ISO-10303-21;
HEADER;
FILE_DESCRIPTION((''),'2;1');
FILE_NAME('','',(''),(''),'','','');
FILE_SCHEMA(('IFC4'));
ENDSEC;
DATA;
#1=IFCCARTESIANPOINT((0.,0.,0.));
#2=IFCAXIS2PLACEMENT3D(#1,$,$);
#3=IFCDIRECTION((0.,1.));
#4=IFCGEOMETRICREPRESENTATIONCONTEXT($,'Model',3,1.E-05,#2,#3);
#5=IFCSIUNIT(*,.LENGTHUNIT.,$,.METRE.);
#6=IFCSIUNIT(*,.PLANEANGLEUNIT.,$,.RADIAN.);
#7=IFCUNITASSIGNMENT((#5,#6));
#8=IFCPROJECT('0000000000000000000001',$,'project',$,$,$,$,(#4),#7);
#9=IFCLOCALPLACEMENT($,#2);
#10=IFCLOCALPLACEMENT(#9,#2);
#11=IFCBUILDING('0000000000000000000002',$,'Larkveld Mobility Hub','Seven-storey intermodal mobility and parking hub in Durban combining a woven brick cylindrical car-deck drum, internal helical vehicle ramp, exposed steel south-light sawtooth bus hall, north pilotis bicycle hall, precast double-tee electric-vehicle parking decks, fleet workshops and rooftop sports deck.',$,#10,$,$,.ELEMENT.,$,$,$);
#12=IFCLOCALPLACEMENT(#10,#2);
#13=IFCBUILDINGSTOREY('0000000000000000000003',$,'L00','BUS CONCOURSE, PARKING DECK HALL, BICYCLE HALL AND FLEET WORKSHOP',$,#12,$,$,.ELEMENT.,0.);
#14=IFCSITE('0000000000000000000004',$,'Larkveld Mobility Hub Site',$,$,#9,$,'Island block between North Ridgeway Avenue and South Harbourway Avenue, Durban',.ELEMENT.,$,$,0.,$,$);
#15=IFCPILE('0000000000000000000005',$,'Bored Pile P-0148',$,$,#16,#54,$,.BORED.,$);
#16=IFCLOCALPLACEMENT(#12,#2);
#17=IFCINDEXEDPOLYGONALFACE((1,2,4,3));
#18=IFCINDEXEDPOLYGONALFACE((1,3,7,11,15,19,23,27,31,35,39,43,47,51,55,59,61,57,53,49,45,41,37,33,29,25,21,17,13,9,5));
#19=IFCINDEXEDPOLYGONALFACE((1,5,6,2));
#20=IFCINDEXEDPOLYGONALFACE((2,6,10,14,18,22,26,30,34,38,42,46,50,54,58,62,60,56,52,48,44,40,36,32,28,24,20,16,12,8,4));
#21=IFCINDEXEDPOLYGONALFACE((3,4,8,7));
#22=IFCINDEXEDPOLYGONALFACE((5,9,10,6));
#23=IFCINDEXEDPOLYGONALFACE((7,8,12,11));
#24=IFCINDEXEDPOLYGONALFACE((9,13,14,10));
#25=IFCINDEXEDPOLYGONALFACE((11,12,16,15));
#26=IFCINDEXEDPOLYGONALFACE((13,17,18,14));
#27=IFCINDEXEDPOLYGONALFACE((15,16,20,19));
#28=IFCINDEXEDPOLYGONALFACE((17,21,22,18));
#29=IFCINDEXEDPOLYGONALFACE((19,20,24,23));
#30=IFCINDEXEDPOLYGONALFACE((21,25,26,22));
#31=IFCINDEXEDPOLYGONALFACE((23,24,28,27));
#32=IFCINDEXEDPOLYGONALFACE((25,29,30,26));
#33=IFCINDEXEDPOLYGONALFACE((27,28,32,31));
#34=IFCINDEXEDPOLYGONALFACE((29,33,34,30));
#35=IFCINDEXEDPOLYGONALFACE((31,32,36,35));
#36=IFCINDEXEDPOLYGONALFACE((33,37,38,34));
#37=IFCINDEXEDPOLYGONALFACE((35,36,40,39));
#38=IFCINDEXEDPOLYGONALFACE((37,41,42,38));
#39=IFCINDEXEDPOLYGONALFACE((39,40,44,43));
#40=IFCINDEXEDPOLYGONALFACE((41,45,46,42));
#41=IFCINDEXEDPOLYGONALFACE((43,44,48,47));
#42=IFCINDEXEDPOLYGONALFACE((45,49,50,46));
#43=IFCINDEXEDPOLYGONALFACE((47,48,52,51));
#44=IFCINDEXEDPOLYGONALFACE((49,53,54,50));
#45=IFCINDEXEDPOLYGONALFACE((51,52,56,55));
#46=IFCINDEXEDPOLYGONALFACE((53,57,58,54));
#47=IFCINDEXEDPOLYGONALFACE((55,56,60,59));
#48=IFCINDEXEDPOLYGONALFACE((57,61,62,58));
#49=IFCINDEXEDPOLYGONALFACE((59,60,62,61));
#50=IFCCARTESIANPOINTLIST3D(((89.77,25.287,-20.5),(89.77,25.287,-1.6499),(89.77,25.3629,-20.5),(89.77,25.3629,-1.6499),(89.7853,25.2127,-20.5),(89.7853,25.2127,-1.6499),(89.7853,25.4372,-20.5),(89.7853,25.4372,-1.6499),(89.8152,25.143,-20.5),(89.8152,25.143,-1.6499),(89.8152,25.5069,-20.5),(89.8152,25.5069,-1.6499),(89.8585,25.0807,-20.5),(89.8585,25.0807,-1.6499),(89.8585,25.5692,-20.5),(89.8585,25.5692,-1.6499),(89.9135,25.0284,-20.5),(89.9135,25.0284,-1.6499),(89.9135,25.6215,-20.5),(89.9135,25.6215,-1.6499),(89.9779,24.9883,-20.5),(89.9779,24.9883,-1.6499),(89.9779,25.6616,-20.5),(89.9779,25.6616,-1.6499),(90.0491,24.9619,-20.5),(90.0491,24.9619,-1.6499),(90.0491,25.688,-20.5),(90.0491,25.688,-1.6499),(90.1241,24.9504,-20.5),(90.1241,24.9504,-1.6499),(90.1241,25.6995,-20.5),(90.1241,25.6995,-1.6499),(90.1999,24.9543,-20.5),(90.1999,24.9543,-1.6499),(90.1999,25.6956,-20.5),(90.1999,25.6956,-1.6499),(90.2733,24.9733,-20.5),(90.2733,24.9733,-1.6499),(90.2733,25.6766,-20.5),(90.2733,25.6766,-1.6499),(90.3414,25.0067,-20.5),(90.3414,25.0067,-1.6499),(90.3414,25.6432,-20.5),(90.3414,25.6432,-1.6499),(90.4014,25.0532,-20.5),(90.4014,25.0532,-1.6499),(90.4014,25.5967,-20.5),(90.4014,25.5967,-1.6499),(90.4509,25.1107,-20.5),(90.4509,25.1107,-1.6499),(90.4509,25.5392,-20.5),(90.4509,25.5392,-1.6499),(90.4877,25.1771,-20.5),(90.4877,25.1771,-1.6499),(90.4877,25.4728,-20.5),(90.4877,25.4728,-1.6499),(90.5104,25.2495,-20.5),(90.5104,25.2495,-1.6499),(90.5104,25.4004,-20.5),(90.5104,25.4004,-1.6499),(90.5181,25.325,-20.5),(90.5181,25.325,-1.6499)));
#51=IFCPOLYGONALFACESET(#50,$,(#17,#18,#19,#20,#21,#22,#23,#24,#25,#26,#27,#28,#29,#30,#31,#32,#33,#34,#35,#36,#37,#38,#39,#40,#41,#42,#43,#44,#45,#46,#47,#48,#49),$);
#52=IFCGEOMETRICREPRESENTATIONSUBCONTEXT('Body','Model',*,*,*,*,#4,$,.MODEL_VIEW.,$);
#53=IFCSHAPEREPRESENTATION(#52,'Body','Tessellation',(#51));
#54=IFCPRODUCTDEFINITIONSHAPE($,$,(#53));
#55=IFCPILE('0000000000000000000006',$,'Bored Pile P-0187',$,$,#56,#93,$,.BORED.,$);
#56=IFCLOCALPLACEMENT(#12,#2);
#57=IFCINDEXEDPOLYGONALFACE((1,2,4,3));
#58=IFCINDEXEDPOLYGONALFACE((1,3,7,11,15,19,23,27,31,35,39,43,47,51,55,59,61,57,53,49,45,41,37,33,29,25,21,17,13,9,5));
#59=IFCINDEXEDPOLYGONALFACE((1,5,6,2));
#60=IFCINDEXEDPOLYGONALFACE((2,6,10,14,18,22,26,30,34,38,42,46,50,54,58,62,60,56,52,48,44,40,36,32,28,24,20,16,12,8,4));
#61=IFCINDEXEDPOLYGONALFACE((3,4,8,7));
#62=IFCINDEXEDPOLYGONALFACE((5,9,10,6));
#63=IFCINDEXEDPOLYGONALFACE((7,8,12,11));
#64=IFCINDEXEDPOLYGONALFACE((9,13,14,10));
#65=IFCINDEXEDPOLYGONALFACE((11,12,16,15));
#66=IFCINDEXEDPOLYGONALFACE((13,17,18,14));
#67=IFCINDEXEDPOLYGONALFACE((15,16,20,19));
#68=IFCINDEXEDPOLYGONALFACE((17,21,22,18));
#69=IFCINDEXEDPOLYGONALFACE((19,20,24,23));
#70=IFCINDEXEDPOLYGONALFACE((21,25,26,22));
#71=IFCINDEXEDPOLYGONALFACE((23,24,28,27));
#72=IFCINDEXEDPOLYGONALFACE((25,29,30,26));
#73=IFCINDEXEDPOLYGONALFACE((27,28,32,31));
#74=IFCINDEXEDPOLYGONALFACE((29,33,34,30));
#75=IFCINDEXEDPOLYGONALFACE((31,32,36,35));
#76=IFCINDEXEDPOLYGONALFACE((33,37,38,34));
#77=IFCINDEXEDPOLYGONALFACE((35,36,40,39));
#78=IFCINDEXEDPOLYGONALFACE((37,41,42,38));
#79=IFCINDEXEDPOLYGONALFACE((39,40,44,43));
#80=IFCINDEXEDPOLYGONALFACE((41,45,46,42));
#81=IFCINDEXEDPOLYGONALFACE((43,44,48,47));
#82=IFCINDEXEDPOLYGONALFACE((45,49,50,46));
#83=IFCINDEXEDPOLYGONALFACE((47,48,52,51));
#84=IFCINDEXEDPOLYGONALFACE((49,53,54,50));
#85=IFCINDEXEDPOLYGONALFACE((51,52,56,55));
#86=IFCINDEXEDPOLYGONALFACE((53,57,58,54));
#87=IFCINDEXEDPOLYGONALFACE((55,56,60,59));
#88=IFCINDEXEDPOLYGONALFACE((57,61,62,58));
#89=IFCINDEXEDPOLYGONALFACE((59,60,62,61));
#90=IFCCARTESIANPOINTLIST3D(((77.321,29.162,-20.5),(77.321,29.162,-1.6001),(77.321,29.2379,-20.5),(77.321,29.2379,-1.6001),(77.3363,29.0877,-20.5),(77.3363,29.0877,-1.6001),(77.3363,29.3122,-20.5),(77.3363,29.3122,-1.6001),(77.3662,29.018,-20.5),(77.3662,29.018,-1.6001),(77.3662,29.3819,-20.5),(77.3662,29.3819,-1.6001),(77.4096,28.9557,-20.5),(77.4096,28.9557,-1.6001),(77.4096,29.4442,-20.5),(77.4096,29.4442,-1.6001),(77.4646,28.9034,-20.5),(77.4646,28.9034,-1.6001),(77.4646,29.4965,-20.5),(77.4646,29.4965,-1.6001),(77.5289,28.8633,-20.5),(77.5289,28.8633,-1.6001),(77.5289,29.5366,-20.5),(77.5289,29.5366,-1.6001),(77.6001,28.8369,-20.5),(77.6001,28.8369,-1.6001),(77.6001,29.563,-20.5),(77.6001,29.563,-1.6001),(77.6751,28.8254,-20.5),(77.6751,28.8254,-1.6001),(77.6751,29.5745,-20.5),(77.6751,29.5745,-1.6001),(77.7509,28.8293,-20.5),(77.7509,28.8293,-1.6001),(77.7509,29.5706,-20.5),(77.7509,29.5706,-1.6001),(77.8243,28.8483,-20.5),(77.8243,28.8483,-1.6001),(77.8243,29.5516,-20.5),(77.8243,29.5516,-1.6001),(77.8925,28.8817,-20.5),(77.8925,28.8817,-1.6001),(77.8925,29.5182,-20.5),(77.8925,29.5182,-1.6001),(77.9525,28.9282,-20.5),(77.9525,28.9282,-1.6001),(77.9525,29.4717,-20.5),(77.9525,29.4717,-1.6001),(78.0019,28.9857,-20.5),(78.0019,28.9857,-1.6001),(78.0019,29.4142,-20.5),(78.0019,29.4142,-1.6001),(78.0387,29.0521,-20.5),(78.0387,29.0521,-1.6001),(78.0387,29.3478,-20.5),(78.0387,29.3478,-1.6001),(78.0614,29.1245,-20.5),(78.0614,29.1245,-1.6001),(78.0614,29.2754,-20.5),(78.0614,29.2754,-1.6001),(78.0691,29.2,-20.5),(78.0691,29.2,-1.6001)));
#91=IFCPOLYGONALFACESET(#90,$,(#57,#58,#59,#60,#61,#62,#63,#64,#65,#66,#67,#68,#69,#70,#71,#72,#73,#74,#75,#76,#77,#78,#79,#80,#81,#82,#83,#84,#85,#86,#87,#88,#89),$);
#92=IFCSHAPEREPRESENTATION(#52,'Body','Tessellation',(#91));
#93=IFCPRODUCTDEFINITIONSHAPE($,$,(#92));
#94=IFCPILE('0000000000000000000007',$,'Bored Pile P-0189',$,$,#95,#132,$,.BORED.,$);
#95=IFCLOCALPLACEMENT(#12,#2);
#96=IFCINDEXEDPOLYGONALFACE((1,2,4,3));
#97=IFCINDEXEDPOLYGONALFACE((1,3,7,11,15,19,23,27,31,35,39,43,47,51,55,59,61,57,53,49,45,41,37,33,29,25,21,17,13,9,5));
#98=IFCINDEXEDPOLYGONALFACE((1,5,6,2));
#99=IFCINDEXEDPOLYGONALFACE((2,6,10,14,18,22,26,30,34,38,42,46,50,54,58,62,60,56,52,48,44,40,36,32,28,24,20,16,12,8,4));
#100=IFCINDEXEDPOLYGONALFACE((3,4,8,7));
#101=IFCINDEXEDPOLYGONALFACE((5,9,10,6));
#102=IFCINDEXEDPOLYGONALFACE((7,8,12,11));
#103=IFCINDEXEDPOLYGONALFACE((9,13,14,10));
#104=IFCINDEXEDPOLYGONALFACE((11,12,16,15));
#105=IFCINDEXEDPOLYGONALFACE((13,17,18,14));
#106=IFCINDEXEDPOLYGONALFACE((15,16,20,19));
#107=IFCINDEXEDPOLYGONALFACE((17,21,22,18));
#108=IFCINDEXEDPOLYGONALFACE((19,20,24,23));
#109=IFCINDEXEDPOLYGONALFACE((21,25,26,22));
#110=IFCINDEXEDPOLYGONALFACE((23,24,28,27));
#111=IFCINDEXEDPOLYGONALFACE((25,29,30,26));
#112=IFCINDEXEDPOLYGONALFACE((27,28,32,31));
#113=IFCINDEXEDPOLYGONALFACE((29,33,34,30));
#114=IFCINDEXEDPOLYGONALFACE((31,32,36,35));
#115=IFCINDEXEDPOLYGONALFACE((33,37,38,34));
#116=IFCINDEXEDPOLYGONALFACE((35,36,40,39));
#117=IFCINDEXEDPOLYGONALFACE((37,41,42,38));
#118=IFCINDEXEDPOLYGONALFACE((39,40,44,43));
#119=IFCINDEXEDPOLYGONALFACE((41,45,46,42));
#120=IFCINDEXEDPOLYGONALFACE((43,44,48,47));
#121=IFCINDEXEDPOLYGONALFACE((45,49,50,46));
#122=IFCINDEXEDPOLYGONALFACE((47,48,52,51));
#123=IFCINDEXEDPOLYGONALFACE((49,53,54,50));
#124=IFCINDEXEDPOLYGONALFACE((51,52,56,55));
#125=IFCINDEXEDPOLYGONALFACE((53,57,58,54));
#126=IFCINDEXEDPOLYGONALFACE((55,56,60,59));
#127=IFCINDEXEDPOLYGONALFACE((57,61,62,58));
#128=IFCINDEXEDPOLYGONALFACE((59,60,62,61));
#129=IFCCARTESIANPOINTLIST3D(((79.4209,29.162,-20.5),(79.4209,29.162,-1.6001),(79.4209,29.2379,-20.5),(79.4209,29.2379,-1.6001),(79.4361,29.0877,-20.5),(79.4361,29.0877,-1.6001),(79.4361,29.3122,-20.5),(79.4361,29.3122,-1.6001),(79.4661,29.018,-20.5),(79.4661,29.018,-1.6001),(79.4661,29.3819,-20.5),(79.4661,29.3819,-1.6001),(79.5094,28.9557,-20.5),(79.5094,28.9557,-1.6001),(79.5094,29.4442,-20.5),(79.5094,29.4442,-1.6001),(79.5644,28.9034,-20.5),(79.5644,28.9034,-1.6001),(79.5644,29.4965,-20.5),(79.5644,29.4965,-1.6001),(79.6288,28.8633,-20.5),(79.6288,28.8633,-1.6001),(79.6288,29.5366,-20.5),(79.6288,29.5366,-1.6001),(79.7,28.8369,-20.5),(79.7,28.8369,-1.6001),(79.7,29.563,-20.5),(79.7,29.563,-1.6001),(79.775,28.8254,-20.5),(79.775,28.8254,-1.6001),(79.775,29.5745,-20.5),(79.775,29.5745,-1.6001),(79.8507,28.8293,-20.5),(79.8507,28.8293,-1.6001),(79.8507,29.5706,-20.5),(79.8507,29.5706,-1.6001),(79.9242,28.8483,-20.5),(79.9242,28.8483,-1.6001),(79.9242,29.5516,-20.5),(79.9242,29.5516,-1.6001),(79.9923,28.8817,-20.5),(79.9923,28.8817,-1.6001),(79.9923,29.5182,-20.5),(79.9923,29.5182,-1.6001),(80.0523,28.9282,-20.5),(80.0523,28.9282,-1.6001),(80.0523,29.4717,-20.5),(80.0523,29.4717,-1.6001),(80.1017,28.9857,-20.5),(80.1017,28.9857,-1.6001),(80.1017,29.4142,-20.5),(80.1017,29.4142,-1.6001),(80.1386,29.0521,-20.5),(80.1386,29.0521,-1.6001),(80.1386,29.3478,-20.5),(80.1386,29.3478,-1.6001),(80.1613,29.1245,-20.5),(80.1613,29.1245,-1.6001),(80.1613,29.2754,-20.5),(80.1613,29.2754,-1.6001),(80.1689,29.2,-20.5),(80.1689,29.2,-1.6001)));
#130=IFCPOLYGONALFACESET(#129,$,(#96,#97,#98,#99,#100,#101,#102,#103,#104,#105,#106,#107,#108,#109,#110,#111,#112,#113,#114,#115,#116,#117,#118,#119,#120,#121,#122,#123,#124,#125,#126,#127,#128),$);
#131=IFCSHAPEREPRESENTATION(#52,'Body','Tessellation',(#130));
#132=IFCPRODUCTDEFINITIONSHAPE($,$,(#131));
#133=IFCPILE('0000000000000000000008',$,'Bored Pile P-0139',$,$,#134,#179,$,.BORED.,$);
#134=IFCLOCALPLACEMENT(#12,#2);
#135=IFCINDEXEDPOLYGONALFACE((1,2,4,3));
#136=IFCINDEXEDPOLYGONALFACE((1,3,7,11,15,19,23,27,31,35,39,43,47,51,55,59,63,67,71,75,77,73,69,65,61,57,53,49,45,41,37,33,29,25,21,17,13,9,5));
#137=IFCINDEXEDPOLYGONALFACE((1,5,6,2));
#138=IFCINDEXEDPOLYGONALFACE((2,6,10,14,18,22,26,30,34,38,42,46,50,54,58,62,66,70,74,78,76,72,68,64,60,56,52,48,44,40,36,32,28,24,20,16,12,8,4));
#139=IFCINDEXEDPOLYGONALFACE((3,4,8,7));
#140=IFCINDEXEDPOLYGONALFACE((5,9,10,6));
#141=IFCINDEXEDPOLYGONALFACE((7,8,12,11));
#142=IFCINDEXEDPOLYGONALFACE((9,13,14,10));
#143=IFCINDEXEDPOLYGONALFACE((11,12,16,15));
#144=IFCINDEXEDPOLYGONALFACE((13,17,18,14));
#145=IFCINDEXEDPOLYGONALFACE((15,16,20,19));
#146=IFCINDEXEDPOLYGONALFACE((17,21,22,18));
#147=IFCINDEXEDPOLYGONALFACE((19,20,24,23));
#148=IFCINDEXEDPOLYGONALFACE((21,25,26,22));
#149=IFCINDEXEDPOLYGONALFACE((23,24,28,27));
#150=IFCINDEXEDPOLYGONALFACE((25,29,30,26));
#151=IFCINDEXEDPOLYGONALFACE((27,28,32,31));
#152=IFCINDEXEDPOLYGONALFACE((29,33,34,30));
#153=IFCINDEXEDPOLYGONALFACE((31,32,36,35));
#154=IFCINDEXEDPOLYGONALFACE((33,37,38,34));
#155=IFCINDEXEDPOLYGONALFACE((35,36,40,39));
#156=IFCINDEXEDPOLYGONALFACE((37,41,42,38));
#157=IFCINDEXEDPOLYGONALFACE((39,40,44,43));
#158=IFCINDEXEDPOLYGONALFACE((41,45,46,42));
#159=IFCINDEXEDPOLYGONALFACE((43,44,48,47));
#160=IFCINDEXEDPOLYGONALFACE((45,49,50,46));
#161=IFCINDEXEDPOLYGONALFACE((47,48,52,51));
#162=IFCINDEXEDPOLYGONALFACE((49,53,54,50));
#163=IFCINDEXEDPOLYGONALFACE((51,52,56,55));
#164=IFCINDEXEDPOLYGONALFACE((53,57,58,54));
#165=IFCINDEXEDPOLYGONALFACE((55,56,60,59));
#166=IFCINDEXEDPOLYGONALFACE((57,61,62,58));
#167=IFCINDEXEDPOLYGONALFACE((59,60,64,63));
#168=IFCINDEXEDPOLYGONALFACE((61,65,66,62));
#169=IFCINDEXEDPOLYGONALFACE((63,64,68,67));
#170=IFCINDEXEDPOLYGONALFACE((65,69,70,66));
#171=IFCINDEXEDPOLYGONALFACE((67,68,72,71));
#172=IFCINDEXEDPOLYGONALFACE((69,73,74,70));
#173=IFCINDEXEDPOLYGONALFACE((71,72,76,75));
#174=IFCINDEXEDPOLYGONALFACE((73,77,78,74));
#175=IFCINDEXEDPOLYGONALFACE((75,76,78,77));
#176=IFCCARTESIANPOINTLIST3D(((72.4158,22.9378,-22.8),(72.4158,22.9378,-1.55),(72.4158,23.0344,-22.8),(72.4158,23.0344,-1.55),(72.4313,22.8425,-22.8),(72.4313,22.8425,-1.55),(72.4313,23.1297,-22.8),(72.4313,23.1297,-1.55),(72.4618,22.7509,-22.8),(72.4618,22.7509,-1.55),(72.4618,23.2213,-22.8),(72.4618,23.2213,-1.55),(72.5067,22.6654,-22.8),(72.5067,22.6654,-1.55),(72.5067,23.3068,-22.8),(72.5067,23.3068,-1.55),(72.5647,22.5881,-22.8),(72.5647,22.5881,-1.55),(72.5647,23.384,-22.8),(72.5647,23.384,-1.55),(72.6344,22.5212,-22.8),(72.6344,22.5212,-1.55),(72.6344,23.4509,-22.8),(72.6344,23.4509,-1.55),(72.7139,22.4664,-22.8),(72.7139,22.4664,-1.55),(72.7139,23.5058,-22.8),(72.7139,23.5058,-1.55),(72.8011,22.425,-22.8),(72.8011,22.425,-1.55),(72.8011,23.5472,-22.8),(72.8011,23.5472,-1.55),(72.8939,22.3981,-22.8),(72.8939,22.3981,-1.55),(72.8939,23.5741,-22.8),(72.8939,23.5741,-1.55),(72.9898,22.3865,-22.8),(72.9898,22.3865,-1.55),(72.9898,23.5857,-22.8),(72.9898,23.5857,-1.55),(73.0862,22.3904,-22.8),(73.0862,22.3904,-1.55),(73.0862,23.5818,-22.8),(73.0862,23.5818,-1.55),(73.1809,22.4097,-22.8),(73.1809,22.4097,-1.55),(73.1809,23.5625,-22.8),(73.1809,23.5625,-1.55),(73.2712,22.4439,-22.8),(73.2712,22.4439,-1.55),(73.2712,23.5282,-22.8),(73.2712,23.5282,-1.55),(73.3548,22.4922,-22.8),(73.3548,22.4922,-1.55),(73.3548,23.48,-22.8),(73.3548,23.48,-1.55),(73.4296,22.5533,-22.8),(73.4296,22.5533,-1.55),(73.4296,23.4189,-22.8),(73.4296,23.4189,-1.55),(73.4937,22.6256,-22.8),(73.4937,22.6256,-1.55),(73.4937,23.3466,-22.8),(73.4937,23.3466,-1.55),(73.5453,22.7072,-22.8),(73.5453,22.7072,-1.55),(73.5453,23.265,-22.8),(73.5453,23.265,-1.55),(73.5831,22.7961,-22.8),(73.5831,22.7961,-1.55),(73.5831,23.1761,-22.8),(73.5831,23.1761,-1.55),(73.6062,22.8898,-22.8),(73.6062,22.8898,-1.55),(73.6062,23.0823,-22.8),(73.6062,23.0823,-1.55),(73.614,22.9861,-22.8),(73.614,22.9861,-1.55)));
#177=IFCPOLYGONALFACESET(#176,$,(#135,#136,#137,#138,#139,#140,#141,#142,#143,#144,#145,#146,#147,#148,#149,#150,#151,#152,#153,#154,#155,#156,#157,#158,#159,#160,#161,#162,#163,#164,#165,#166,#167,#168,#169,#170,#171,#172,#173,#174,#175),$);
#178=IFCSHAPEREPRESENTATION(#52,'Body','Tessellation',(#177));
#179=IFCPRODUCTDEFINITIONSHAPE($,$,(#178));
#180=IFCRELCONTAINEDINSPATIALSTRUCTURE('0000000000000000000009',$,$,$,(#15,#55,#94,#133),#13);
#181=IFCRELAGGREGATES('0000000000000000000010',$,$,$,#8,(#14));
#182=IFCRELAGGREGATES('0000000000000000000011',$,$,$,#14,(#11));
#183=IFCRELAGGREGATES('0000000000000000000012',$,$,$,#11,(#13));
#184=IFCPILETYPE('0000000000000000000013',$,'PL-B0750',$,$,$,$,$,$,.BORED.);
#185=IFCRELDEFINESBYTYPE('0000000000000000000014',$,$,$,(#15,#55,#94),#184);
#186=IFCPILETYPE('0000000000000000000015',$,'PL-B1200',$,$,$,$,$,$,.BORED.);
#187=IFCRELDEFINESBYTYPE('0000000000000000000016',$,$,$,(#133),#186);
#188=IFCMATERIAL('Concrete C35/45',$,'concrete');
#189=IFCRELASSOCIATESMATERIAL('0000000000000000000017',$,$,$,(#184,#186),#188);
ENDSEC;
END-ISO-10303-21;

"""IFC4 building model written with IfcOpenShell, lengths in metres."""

from ifc_helpers import new_model, si_unit, direction, frame, origin, origin_2d, place, context, subcontext, project, spatial, circle, extrude, material, material_profile, profile_set, type_object, element, save


model = new_model("IFC4")

# Units and contexts
model_context = context("Model", 3, precision=1e-05, world=origin(), true_north=direction((0.0, 1.0)))
body_context = subcontext(model_context, "Body", "Model", "MODEL_VIEW")
ifc_project = project(units=[si_unit("LENGTHUNIT", "METRE"), si_unit("PLANEANGLEUNIT", "RADIAN")], contexts=[model_context])

# Site, building, storey
site_placement = place(None, origin())
site = spatial("IfcSite", under=ifc_project, at=site_placement, Name="Larkveld Mobility Hub Site", LongName="Island block between North Ridgeway Avenue and South Harbourway Avenue, Durban", CompositionType="ELEMENT", RefElevation=0.0)
building_placement = place(site_placement, origin())
building = spatial("IfcBuilding", under=site, at=building_placement, Name="Larkveld Mobility Hub", Description="Seven-storey intermodal mobility and parking hub in Durban combining a woven brick cylindrical car-deck drum, internal helical vehicle ramp, exposed steel south-light sawtooth bus hall, north pilotis bicycle hall, precast double-tee electric-vehicle parking decks, fleet workshops and rooftop sports deck.", CompositionType="ELEMENT")
storey_placement = place(building_placement, origin())
storey = spatial("IfcBuildingStorey", under=building, at=storey_placement, Name="L00", Description="BUS CONCOURSE, PARKING DECK HALL, BICYCLE HALL AND FLEET WORKSHOP", CompositionType="ELEMENT", Elevation=0.0)

# Shared definitions
ifc_material_1 = material(Name="Concrete C35/45", Category="concrete")

# Piles
ifc_material_profile_1 = material_profile(ifc_material_1, circle(Radius=0.375, at=origin_2d()), Name="PILE D750")
ifc_profile_set_1 = profile_set([ifc_material_profile_1], Name="Concrete C35/45")
pile_type_1 = type_object("IfcPileType", Name="PL-B0750", PredefinedType="BORED", material=ifc_profile_set_1)
for number, where, z_axis, x_axis, name in (
    (1, (90.1431, 25.325, -1.6499), (0.0, 0.0, -1.0), (1.0, 0.0, 0.0), "Bored Pile P-0148"),
):
    element("IfcPile", number, at=place(storey_placement, frame(where, z_axis=z_axis, x_axis=x_axis)), inside=storey, type_object=pile_type_1, Name=name, PredefinedType="BORED", context=body_context, shape_type="SweptSolid", body=[
        extrude(circle(Radius=0.375, at=origin_2d()), origin(), (0.0, 0.0, 1.0), 18.8501),
    ])
for number, where, z_axis, x_axis, name in (
    (2, (77.6941, 29.2, -1.6001), (0.0, 0.0, -1.0), (1.0, 0.0, 0.0), "Bored Pile P-0187"),
    (3, (79.7939, 29.2, -1.6001), (0.0, 0.0, -1.0), (1.0, 0.0, 0.0), "Bored Pile P-0189"),
):
    element("IfcPile", number, at=place(storey_placement, frame(where, z_axis=z_axis, x_axis=x_axis)), inside=storey, type_object=pile_type_1, Name=name, PredefinedType="BORED", context=body_context, shape_type="SweptSolid", body=[
        extrude(circle(Radius=0.375, at=origin_2d()), origin(), (0.0, 0.0, 1.0), 18.8999),
    ])
ifc_material_profile_2 = material_profile(ifc_material_1, circle(Radius=0.6001, at=origin_2d()), Name="PILE D1200")
ifc_profile_set_2 = profile_set([ifc_material_profile_2], Name="Concrete C35/45")
pile_type_2 = type_object("IfcPileType", Name="PL-B1200", PredefinedType="BORED", material=ifc_profile_set_2)
for number, where, z_axis, x_axis, name in (
    (4, (73.0139, 22.9861, -1.55), (0.0, 0.0, -1.0), (1.0, 0.0, 0.0), "Bored Pile P-0139"),
):
    element("IfcPile", number, at=place(storey_placement, frame(where, z_axis=z_axis, x_axis=x_axis)), inside=storey, type_object=pile_type_2, Name=name, PredefinedType="BORED", context=body_context, shape_type="SweptSolid", body=[
        extrude(circle(Radius=0.6001, at=origin_2d()), origin(), (0.0, 0.0, 1.0), 21.25),
    ])

save(model, "model.ifc")
